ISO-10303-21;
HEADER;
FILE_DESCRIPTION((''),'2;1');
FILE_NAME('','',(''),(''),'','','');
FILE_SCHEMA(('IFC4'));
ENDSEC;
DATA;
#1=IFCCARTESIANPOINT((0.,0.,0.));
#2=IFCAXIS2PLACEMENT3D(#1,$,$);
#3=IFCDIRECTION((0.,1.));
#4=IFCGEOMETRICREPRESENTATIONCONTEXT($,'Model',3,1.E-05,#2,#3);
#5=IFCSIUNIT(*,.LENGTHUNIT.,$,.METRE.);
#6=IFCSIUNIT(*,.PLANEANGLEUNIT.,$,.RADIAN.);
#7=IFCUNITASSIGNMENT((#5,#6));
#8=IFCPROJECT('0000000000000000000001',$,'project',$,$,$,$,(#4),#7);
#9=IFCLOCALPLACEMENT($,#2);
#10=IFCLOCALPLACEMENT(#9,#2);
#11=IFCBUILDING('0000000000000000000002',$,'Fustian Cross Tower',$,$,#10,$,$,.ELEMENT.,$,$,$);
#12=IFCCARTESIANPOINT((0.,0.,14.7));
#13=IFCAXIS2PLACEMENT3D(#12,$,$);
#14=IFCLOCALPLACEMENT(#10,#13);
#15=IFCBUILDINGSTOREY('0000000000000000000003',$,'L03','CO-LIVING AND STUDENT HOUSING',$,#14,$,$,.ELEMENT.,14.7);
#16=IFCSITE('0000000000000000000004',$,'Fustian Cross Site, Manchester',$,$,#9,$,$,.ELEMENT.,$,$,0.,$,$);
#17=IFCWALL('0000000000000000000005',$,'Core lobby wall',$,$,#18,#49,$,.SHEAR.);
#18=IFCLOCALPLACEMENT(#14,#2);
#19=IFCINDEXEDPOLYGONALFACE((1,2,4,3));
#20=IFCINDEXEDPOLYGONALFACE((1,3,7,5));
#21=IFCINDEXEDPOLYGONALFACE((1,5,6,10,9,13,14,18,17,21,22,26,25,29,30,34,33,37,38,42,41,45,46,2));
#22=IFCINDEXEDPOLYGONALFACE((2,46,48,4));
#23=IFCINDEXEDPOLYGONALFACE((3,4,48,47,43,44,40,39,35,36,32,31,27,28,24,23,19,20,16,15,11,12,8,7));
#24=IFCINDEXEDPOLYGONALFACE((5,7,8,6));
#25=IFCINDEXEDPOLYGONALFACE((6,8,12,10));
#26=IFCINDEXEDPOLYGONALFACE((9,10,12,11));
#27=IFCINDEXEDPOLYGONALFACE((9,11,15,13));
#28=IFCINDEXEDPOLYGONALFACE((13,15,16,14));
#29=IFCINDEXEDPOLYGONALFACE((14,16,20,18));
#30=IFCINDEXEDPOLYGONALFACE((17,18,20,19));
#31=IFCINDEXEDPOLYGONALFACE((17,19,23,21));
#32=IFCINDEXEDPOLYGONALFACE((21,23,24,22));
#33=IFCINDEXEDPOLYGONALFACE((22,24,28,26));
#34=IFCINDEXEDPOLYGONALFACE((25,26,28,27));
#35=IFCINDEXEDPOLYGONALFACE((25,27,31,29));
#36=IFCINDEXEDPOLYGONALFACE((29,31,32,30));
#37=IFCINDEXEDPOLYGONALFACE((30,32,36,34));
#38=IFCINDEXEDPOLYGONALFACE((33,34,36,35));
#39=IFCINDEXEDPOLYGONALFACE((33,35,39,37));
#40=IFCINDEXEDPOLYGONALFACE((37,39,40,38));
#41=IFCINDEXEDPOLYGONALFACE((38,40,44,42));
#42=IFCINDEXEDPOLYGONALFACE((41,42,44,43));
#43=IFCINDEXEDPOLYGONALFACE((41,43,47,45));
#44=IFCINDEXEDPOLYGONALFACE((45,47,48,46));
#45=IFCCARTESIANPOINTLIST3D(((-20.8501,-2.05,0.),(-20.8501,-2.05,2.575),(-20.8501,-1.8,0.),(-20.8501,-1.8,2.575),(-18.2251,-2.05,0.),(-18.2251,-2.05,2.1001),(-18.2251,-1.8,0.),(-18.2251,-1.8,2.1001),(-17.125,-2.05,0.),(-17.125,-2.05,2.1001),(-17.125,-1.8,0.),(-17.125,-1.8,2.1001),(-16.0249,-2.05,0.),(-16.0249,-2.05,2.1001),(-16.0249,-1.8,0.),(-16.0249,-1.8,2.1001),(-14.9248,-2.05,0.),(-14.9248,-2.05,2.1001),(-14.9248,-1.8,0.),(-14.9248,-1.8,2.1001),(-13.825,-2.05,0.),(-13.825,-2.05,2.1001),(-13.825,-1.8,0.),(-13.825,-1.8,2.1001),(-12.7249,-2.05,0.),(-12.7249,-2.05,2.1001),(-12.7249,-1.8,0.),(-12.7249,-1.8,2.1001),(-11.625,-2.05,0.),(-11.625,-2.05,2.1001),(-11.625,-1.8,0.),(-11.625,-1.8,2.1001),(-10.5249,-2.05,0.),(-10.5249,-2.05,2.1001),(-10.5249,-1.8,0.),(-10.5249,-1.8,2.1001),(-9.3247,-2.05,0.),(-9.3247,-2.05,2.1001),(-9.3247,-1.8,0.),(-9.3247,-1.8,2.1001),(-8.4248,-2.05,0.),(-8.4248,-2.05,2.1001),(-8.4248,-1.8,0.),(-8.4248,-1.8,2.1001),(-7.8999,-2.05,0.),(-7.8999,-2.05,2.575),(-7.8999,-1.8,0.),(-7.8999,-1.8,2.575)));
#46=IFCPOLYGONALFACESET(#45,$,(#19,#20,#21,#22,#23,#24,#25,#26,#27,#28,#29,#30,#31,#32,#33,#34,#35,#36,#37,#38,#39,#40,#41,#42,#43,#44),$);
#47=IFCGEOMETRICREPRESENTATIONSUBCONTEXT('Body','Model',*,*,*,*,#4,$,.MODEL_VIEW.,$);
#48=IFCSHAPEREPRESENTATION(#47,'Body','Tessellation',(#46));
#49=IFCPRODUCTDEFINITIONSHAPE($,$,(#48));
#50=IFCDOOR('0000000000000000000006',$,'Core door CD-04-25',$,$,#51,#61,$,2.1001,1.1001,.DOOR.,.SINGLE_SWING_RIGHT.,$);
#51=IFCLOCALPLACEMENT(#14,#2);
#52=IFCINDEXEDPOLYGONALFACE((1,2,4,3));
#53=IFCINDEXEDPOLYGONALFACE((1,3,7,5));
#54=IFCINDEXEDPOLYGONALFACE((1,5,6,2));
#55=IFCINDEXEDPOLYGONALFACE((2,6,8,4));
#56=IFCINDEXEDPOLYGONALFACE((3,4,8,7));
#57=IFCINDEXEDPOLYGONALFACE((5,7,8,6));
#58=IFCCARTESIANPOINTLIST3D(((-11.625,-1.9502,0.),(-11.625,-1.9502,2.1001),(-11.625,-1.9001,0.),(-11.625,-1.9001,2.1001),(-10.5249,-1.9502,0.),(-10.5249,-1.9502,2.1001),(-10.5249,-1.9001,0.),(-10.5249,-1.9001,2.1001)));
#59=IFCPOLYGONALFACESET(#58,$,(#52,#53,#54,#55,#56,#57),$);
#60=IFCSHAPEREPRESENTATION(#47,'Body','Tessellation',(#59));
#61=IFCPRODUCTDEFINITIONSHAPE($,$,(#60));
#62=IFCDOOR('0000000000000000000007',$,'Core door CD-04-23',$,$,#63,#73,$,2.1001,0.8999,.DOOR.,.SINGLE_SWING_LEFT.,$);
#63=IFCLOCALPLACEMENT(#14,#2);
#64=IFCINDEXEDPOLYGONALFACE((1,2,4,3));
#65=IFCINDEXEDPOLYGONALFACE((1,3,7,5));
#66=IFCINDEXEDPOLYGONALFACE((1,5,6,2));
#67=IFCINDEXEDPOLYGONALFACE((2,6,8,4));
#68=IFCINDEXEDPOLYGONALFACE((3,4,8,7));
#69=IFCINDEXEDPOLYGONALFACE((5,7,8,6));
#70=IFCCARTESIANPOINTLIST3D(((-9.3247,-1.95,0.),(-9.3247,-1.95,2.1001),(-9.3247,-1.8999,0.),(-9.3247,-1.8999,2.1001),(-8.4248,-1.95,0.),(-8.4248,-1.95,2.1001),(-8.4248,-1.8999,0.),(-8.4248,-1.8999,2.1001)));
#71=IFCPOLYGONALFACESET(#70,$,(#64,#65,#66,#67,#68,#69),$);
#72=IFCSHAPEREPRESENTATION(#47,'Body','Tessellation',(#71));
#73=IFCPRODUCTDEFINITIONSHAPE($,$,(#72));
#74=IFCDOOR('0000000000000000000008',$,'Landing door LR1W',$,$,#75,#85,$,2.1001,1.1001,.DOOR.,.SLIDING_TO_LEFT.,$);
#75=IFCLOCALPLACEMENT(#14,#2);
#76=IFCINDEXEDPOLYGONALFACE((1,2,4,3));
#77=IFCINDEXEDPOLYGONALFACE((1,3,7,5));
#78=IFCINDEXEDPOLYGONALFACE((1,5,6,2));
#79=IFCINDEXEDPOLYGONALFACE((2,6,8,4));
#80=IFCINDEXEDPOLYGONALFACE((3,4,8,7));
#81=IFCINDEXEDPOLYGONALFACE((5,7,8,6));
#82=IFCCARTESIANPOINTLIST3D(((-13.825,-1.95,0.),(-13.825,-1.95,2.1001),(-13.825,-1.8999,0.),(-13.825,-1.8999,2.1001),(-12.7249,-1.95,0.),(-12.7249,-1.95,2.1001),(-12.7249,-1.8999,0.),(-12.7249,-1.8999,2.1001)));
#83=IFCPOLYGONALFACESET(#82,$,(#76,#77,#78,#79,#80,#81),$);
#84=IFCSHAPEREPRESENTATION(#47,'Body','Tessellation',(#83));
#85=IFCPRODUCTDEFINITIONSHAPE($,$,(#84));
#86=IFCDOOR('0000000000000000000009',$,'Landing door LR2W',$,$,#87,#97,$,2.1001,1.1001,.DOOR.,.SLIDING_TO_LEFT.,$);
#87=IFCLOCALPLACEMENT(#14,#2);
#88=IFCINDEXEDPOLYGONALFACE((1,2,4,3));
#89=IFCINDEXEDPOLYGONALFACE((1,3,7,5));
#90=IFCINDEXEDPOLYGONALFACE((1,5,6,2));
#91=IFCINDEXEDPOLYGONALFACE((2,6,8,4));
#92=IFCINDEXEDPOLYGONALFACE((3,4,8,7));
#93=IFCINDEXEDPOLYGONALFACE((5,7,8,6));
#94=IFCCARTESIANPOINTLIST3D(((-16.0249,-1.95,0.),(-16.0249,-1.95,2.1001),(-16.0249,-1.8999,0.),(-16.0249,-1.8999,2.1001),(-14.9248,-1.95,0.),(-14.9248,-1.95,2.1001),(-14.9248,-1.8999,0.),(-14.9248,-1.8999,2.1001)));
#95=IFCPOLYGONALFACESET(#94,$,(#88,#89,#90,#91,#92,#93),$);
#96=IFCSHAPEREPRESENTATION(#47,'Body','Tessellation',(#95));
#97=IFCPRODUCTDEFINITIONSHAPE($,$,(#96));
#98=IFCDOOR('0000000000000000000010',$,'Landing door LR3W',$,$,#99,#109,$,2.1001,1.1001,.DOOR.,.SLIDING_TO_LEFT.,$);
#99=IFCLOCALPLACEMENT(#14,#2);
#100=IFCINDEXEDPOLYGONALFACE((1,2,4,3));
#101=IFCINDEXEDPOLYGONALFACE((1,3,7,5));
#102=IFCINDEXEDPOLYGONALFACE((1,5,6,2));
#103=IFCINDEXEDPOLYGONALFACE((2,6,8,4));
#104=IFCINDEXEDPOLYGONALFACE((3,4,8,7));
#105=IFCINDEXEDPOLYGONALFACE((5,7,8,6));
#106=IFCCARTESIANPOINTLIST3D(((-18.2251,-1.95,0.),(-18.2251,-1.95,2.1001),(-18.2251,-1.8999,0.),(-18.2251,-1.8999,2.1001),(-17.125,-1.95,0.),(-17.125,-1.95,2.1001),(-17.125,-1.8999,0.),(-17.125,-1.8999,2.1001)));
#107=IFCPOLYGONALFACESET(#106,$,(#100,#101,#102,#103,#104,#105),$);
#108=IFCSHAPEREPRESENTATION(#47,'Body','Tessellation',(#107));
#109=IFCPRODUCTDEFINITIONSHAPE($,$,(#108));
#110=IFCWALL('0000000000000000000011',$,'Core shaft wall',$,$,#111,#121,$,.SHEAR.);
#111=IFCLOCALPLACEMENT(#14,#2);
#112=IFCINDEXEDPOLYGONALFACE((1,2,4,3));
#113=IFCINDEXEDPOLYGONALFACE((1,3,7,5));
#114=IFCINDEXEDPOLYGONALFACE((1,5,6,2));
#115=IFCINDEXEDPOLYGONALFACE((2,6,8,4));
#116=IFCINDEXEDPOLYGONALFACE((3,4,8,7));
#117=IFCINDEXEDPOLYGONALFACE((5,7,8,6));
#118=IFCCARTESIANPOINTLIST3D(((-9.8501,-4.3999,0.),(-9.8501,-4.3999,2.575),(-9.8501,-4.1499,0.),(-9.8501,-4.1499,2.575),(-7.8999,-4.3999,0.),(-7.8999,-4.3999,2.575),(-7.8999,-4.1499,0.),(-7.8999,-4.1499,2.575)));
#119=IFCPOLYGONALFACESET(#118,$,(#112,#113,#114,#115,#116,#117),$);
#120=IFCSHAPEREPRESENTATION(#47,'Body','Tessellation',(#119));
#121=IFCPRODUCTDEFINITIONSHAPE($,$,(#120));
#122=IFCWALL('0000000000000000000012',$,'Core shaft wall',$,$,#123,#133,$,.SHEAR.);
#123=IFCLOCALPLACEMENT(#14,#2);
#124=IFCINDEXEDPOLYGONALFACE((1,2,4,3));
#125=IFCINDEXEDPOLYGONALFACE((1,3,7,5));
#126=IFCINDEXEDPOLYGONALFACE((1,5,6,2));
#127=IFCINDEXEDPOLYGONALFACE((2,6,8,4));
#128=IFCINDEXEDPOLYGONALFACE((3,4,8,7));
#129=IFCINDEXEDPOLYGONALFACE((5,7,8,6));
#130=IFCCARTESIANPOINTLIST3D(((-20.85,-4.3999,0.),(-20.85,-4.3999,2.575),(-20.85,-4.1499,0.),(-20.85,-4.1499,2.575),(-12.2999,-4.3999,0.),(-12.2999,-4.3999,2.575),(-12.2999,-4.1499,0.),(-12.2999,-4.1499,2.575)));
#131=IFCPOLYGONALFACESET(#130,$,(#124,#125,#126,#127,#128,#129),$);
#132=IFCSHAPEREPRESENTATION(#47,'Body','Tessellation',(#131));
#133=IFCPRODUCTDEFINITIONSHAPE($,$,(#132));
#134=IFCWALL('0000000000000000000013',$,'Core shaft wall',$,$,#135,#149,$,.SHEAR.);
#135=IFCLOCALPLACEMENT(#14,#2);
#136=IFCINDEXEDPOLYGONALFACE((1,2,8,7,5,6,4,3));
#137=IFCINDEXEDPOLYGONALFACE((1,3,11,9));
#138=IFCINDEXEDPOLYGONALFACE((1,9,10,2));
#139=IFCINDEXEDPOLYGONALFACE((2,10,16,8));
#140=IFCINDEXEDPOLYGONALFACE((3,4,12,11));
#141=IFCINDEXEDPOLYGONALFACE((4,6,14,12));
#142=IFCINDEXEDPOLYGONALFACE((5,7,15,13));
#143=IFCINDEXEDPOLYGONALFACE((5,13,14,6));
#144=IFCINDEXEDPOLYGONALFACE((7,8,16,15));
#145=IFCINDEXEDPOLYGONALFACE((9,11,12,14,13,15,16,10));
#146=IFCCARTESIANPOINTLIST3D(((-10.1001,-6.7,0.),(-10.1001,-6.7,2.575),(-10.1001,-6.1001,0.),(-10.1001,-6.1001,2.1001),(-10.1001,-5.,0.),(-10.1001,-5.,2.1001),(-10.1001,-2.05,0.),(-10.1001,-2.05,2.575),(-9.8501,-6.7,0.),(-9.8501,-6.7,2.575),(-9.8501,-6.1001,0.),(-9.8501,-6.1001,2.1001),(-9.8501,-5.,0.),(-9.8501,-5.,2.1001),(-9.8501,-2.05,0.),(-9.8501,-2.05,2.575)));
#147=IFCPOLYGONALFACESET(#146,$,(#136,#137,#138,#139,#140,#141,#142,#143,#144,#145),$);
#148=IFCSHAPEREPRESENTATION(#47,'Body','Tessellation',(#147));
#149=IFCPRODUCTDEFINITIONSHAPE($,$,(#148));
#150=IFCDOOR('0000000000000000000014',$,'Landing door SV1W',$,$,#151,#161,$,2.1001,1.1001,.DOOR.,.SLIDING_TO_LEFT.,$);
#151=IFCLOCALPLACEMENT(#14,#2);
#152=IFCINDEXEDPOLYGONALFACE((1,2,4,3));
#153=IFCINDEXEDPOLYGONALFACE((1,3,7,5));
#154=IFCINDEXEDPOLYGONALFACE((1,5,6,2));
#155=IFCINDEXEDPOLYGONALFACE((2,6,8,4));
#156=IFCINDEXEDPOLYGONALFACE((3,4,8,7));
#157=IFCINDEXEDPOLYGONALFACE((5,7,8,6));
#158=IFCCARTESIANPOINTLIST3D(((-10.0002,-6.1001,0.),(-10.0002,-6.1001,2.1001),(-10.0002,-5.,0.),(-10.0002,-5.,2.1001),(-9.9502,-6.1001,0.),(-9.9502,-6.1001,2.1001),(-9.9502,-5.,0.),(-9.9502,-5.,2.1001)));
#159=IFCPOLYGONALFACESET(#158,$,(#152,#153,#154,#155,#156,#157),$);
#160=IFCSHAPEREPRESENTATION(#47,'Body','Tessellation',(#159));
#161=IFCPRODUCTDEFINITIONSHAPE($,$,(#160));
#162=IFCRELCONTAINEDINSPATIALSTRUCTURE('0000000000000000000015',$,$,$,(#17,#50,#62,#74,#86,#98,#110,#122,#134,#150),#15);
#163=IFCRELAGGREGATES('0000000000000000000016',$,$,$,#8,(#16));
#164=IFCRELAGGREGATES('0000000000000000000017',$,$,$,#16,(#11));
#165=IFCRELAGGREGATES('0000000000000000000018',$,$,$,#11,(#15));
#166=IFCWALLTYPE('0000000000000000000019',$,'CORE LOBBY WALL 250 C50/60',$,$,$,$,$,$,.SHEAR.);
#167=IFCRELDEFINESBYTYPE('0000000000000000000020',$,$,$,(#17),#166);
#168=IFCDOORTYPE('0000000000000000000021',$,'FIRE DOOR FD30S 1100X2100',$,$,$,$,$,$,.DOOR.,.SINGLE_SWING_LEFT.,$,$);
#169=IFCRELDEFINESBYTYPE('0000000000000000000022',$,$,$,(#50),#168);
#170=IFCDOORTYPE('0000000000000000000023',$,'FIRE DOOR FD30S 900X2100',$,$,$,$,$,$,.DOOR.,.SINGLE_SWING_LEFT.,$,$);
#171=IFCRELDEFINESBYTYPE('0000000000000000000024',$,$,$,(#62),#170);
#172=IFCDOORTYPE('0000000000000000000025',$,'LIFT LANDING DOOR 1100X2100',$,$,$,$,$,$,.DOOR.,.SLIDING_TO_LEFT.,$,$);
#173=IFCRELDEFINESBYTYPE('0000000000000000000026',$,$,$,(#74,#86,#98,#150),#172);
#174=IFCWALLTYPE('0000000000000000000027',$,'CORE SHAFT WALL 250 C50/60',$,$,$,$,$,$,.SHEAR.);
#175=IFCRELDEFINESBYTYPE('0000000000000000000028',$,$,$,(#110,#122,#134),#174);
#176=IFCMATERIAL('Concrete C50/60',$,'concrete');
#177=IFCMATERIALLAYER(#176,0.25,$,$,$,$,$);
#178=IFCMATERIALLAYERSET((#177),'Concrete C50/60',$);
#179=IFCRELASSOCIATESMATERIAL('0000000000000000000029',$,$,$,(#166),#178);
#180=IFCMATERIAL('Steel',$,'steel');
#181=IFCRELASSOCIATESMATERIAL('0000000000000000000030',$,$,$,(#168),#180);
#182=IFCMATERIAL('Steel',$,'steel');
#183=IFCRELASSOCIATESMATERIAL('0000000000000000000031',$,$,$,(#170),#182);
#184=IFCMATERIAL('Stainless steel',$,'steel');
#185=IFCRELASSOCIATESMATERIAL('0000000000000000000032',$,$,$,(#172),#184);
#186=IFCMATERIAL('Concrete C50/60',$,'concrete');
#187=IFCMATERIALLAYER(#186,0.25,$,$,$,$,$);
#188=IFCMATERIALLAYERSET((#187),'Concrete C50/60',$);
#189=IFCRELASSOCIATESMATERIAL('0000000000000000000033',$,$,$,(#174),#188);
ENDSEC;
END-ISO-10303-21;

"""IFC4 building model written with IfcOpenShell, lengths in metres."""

from ifc_helpers import new_model, si_unit, direction, frame, frame_2d, origin, place, context, subcontext, project, spatial, rectangle, extrude, material, layer, layer_set, type_object, element, fill, save


model = new_model("IFC4")

# Units and contexts
model_context = context("Model", 3, precision=1e-05, world=origin(), true_north=direction((0.0, 1.0)))
body_context = subcontext(model_context, "Body", "Model", "MODEL_VIEW")
ifc_project = project(units=[si_unit("LENGTHUNIT", "METRE"), si_unit("PLANEANGLEUNIT", "RADIAN")], contexts=[model_context])

# Site, building, storey
site_placement = place(None, origin())
site = spatial("IfcSite", under=ifc_project, at=site_placement, Name="Fustian Cross Site, Manchester", CompositionType="ELEMENT", RefElevation=0.0)
building_placement = place(site_placement, origin())
building = spatial("IfcBuilding", under=site, at=building_placement, Name="Fustian Cross Tower", CompositionType="ELEMENT")
storey_placement = place(building_placement, frame((0.0, 0.0, 14.7)))
storey = spatial("IfcBuildingStorey", under=building, at=storey_placement, Name="L03", Description="CO-LIVING AND STUDENT HOUSING", CompositionType="ELEMENT", Elevation=14.7)

# Wall, openings, doors
ifc_material_1 = material(Name="Concrete C50/60", Category="concrete")
ifc_layer_1 = layer(ifc_material_1, 0.25)
ifc_layer_set_1 = layer_set([ifc_layer_1], Name="Concrete C50/60")
wall_type_1 = type_object("IfcWallType", Name="CORE LOBBY WALL 250 C50/60", PredefinedType="SHEAR", material=ifc_layer_set_1)
wall_1_placement = place(storey_placement, frame((-7.8999, -1.925, 0.0), z_axis=(0.0, 0.0, 1.0), x_axis=(-1.0, 0.0, 0.0)))
wall_1 = element("IfcWall", 1, at=wall_1_placement, inside=storey, type_object=wall_type_1, Name="Core lobby wall", PredefinedType="SHEAR", context=body_context, shape_type="SweptSolid", body=[
    extrude(rectangle(XDim=12.9502, YDim=0.25, at=frame_2d((6.4751, 0.0))), origin(), (0.0, 0.0, 1.0), 2.575),
])
opening_1_placement = place(wall_1_placement, frame((4.825, 0.0, 0.0)))
opening_1 = element("IfcOpeningElement", 2, at=opening_1_placement, cuts=wall_1, PredefinedType="OPENING", context=body_context, shape_type="SweptSolid", body=[
    extrude(rectangle(XDim=1.1001, YDim=2.1001, at=frame_2d((0.55, 1.05))), frame((0.0, 0.135, 0.0), z_axis=(0.0, -1.0, 0.0), x_axis=(1.0, 0.0, 0.0)), (0.0, 0.0, 1.0), 0.27),
])
opening_2_placement = place(wall_1_placement, frame((7.0249, 0.0, 0.0)))
opening_2 = element("IfcOpeningElement", 3, at=opening_2_placement, cuts=wall_1, PredefinedType="OPENING", context=body_context, shape_type="SweptSolid", body=[
    extrude(rectangle(XDim=1.1001, YDim=2.1001, at=frame_2d((0.55, 1.05))), frame((0.0, 0.135, 0.0), z_axis=(0.0, -1.0, 0.0), x_axis=(1.0, 0.0, 0.0)), (0.0, 0.0, 1.0), 0.27),
])
opening_3_placement = place(wall_1_placement, frame((9.2251, 0.0, 0.0)))
opening_3 = element("IfcOpeningElement", 4, at=opening_3_placement, cuts=wall_1, PredefinedType="OPENING", context=body_context, shape_type="SweptSolid", body=[
    extrude(rectangle(XDim=1.1001, YDim=2.1001, at=frame_2d((0.55, 1.05))), frame((0.0, 0.135, 0.0), z_axis=(0.0, -1.0, 0.0), x_axis=(1.0, 0.0, 0.0)), (0.0, 0.0, 1.0), 0.27),
])
opening_4_placement = place(wall_1_placement, frame((0.5249, 0.0, 0.0)))
opening_4 = element("IfcOpeningElement", 5, at=opening_4_placement, cuts=wall_1, PredefinedType="OPENING", context=body_context, shape_type="SweptSolid", body=[
    extrude(rectangle(XDim=0.8999, YDim=2.1001, at=frame_2d((0.45, 1.05))), frame((0.0, 0.135, 0.0), z_axis=(0.0, -1.0, 0.0), x_axis=(1.0, 0.0, 0.0)), (0.0, 0.0, 1.0), 0.27),
])
opening_5_placement = place(wall_1_placement, frame((2.625, 0.0, 0.0)))
opening_5 = element("IfcOpeningElement", 6, at=opening_5_placement, cuts=wall_1, PredefinedType="OPENING", context=body_context, shape_type="SweptSolid", body=[
    extrude(rectangle(XDim=1.1001, YDim=2.1001, at=frame_2d((0.55, 1.05))), frame((0.0, 0.135, 0.0), z_axis=(0.0, -1.0, 0.0), x_axis=(1.0, 0.0, 0.0)), (0.0, 0.0, 1.0), 0.27),
])
ifc_material_2 = material(Name="Steel", Category="steel")
door_type_1 = type_object("IfcDoorType", Name="FIRE DOOR FD30S 1100X2100", OperationType="SINGLE_SWING_LEFT", PredefinedType="DOOR", material=ifc_material_2)
door_1_placement = place(opening_5_placement, frame((1.1001, 0.0, 0.0), z_axis=(0.0, 0.0, 1.0), x_axis=(-1.0, 0.0, 0.0)))
door_1 = element("IfcDoor", 7, at=door_1_placement, inside=storey, type_object=door_type_1, Name="Core door CD-04-25", OperationType="SINGLE_SWING_RIGHT", OverallHeight=2.1001, OverallWidth=1.1001, PredefinedType="DOOR", context=body_context, shape_type="SweptSolid", body=[
    extrude(rectangle(XDim=1.1001, YDim=2.1001, at=frame_2d((0.55, 1.05))), frame((0.0, 0.0249, 0.0), z_axis=(0.0, -1.0, 0.0), x_axis=(1.0, 0.0, 0.0)), (0.0, 0.0, 1.0), 0.05),
])
fill(opening_5, door_1)
ifc_material_3 = material(Name="Steel", Category="steel")
door_type_2 = type_object("IfcDoorType", Name="FIRE DOOR FD30S 900X2100", OperationType="SINGLE_SWING_LEFT", PredefinedType="DOOR", material=ifc_material_3)
door_2_placement = place(opening_4_placement, origin())
door_2 = element("IfcDoor", 8, at=door_2_placement, inside=storey, type_object=door_type_2, Name="Core door CD-04-23", OperationType="SINGLE_SWING_LEFT", OverallHeight=2.1001, OverallWidth=0.8999, PredefinedType="DOOR", context=body_context, shape_type="SweptSolid", body=[
    extrude(rectangle(XDim=0.8999, YDim=2.1001, at=frame_2d((0.45, 1.05))), frame((0.0, 0.0249, 0.0), z_axis=(0.0, -1.0, 0.0), x_axis=(1.0, 0.0, 0.0)), (0.0, 0.0, 1.0), 0.05),
])
fill(opening_4, door_2)
ifc_material_4 = material(Name="Stainless steel", Category="steel")
door_type_3 = type_object("IfcDoorType", Name="LIFT LANDING DOOR 1100X2100", OperationType="SLIDING_TO_LEFT", PredefinedType="DOOR", material=ifc_material_4)
door_3_placement = place(opening_1_placement, origin())
door_3 = element("IfcDoor", 9, at=door_3_placement, inside=storey, type_object=door_type_3, Name="Landing door LR1W", OperationType="SLIDING_TO_LEFT", OverallHeight=2.1001, OverallWidth=1.1001, PredefinedType="DOOR", context=body_context, shape_type="SweptSolid", body=[
    extrude(rectangle(XDim=1.1001, YDim=2.1001, at=frame_2d((0.55, 1.05))), frame((0.0, 0.0249, 0.0), z_axis=(0.0, -1.0, 0.0), x_axis=(1.0, 0.0, 0.0)), (0.0, 0.0, 1.0), 0.05),
])
fill(opening_1, door_3)
door_4_placement = place(opening_2_placement, origin())
door_4 = element("IfcDoor", 10, at=door_4_placement, inside=storey, type_object=door_type_3, Name="Landing door LR2W", OperationType="SLIDING_TO_LEFT", OverallHeight=2.1001, OverallWidth=1.1001, PredefinedType="DOOR", context=body_context, shape_type="SweptSolid", body=[
    extrude(rectangle(XDim=1.1001, YDim=2.1001, at=frame_2d((0.55, 1.05))), frame((0.0, 0.0249, 0.0), z_axis=(0.0, -1.0, 0.0), x_axis=(1.0, 0.0, 0.0)), (0.0, 0.0, 1.0), 0.05),
])
fill(opening_2, door_4)
door_5_placement = place(opening_3_placement, origin())
door_5 = element("IfcDoor", 11, at=door_5_placement, inside=storey, type_object=door_type_3, Name="Landing door LR3W", OperationType="SLIDING_TO_LEFT", OverallHeight=2.1001, OverallWidth=1.1001, PredefinedType="DOOR", context=body_context, shape_type="SweptSolid", body=[
    extrude(rectangle(XDim=1.1001, YDim=2.1001, at=frame_2d((0.55, 1.05))), frame((0.0, 0.0249, 0.0), z_axis=(0.0, -1.0, 0.0), x_axis=(1.0, 0.0, 0.0)), (0.0, 0.0, 1.0), 0.05),
])
fill(opening_3, door_5)

# Walls
ifc_material_5 = material(Name="Concrete C50/60", Category="concrete")
ifc_layer_2 = layer(ifc_material_5, 0.25)
ifc_layer_set_2 = layer_set([ifc_layer_2], Name="Concrete C50/60")
wall_type_2 = type_object("IfcWallType", Name="CORE SHAFT WALL 250 C50/60", PredefinedType="SHEAR", material=ifc_layer_set_2)
wall_2_placement = place(storey_placement, frame((-7.8999, -4.2749, 0.0), z_axis=(0.0, 0.0, 1.0), x_axis=(-1.0, 0.0, 0.0)))
element("IfcWall", 12, at=wall_2_placement, inside=storey, type_object=wall_type_2, Name="Core shaft wall", PredefinedType="SHEAR", context=body_context, shape_type="SweptSolid", body=[
    extrude(rectangle(XDim=1.9502, YDim=0.25, at=frame_2d((0.9751, 0.0))), origin(), (0.0, 0.0, 1.0), 2.575),
])
wall_3_placement = place(storey_placement, frame((-12.3, -4.2749, 0.0), z_axis=(0.0, 0.0, 1.0), x_axis=(-1.0, 0.0, 0.0)))
element("IfcWall", 13, at=wall_3_placement, inside=storey, type_object=wall_type_2, Name="Core shaft wall", PredefinedType="SHEAR", context=body_context, shape_type="SweptSolid", body=[
    extrude(rectangle(XDim=8.55, YDim=0.25, at=frame_2d((4.2749, 0.0))), origin(), (0.0, 0.0, 1.0), 2.575),
])

# Wall, opening, door
wall_4_placement = place(storey_placement, frame((-9.9751, -2.05, 0.0), z_axis=(0.0, 0.0, 1.0), x_axis=(0.0, -1.0, 0.0)))
wall_4 = element("IfcWall", 14, at=wall_4_placement, inside=storey, type_object=wall_type_2, Name="Core shaft wall", PredefinedType="SHEAR", context=body_context, shape_type="SweptSolid", body=[
    extrude(rectangle(XDim=4.6499, YDim=0.25, at=frame_2d((2.325, 0.0))), origin(), (0.0, 0.0, 1.0), 2.575),
])
opening_6_placement = place(wall_4_placement, frame((2.95, 0.0, 0.0)))
opening_6 = element("IfcOpeningElement", 15, at=opening_6_placement, cuts=wall_4, PredefinedType="OPENING", context=body_context, shape_type="SweptSolid", body=[
    extrude(rectangle(XDim=1.1001, YDim=2.1001, at=frame_2d((0.55, 1.05))), frame((0.0, 0.135, 0.0), z_axis=(0.0, -1.0, 0.0), x_axis=(1.0, 0.0, 0.0)), (0.0, 0.0, 1.0), 0.27),
])
door_6_placement = place(opening_6_placement, origin())
door_6 = element("IfcDoor", 16, at=door_6_placement, inside=storey, type_object=door_type_3, Name="Landing door SV1W", OperationType="SLIDING_TO_LEFT", OverallHeight=2.1001, OverallWidth=1.1001, PredefinedType="DOOR", context=body_context, shape_type="SweptSolid", body=[
    extrude(rectangle(XDim=1.1001, YDim=2.1001, at=frame_2d((0.55, 1.05))), frame((0.0, 0.0249, 0.0), z_axis=(0.0, -1.0, 0.0), x_axis=(1.0, 0.0, 0.0)), (0.0, 0.0, 1.0), 0.05),
])
fill(opening_6, door_6)

save(model, "model.ifc")
